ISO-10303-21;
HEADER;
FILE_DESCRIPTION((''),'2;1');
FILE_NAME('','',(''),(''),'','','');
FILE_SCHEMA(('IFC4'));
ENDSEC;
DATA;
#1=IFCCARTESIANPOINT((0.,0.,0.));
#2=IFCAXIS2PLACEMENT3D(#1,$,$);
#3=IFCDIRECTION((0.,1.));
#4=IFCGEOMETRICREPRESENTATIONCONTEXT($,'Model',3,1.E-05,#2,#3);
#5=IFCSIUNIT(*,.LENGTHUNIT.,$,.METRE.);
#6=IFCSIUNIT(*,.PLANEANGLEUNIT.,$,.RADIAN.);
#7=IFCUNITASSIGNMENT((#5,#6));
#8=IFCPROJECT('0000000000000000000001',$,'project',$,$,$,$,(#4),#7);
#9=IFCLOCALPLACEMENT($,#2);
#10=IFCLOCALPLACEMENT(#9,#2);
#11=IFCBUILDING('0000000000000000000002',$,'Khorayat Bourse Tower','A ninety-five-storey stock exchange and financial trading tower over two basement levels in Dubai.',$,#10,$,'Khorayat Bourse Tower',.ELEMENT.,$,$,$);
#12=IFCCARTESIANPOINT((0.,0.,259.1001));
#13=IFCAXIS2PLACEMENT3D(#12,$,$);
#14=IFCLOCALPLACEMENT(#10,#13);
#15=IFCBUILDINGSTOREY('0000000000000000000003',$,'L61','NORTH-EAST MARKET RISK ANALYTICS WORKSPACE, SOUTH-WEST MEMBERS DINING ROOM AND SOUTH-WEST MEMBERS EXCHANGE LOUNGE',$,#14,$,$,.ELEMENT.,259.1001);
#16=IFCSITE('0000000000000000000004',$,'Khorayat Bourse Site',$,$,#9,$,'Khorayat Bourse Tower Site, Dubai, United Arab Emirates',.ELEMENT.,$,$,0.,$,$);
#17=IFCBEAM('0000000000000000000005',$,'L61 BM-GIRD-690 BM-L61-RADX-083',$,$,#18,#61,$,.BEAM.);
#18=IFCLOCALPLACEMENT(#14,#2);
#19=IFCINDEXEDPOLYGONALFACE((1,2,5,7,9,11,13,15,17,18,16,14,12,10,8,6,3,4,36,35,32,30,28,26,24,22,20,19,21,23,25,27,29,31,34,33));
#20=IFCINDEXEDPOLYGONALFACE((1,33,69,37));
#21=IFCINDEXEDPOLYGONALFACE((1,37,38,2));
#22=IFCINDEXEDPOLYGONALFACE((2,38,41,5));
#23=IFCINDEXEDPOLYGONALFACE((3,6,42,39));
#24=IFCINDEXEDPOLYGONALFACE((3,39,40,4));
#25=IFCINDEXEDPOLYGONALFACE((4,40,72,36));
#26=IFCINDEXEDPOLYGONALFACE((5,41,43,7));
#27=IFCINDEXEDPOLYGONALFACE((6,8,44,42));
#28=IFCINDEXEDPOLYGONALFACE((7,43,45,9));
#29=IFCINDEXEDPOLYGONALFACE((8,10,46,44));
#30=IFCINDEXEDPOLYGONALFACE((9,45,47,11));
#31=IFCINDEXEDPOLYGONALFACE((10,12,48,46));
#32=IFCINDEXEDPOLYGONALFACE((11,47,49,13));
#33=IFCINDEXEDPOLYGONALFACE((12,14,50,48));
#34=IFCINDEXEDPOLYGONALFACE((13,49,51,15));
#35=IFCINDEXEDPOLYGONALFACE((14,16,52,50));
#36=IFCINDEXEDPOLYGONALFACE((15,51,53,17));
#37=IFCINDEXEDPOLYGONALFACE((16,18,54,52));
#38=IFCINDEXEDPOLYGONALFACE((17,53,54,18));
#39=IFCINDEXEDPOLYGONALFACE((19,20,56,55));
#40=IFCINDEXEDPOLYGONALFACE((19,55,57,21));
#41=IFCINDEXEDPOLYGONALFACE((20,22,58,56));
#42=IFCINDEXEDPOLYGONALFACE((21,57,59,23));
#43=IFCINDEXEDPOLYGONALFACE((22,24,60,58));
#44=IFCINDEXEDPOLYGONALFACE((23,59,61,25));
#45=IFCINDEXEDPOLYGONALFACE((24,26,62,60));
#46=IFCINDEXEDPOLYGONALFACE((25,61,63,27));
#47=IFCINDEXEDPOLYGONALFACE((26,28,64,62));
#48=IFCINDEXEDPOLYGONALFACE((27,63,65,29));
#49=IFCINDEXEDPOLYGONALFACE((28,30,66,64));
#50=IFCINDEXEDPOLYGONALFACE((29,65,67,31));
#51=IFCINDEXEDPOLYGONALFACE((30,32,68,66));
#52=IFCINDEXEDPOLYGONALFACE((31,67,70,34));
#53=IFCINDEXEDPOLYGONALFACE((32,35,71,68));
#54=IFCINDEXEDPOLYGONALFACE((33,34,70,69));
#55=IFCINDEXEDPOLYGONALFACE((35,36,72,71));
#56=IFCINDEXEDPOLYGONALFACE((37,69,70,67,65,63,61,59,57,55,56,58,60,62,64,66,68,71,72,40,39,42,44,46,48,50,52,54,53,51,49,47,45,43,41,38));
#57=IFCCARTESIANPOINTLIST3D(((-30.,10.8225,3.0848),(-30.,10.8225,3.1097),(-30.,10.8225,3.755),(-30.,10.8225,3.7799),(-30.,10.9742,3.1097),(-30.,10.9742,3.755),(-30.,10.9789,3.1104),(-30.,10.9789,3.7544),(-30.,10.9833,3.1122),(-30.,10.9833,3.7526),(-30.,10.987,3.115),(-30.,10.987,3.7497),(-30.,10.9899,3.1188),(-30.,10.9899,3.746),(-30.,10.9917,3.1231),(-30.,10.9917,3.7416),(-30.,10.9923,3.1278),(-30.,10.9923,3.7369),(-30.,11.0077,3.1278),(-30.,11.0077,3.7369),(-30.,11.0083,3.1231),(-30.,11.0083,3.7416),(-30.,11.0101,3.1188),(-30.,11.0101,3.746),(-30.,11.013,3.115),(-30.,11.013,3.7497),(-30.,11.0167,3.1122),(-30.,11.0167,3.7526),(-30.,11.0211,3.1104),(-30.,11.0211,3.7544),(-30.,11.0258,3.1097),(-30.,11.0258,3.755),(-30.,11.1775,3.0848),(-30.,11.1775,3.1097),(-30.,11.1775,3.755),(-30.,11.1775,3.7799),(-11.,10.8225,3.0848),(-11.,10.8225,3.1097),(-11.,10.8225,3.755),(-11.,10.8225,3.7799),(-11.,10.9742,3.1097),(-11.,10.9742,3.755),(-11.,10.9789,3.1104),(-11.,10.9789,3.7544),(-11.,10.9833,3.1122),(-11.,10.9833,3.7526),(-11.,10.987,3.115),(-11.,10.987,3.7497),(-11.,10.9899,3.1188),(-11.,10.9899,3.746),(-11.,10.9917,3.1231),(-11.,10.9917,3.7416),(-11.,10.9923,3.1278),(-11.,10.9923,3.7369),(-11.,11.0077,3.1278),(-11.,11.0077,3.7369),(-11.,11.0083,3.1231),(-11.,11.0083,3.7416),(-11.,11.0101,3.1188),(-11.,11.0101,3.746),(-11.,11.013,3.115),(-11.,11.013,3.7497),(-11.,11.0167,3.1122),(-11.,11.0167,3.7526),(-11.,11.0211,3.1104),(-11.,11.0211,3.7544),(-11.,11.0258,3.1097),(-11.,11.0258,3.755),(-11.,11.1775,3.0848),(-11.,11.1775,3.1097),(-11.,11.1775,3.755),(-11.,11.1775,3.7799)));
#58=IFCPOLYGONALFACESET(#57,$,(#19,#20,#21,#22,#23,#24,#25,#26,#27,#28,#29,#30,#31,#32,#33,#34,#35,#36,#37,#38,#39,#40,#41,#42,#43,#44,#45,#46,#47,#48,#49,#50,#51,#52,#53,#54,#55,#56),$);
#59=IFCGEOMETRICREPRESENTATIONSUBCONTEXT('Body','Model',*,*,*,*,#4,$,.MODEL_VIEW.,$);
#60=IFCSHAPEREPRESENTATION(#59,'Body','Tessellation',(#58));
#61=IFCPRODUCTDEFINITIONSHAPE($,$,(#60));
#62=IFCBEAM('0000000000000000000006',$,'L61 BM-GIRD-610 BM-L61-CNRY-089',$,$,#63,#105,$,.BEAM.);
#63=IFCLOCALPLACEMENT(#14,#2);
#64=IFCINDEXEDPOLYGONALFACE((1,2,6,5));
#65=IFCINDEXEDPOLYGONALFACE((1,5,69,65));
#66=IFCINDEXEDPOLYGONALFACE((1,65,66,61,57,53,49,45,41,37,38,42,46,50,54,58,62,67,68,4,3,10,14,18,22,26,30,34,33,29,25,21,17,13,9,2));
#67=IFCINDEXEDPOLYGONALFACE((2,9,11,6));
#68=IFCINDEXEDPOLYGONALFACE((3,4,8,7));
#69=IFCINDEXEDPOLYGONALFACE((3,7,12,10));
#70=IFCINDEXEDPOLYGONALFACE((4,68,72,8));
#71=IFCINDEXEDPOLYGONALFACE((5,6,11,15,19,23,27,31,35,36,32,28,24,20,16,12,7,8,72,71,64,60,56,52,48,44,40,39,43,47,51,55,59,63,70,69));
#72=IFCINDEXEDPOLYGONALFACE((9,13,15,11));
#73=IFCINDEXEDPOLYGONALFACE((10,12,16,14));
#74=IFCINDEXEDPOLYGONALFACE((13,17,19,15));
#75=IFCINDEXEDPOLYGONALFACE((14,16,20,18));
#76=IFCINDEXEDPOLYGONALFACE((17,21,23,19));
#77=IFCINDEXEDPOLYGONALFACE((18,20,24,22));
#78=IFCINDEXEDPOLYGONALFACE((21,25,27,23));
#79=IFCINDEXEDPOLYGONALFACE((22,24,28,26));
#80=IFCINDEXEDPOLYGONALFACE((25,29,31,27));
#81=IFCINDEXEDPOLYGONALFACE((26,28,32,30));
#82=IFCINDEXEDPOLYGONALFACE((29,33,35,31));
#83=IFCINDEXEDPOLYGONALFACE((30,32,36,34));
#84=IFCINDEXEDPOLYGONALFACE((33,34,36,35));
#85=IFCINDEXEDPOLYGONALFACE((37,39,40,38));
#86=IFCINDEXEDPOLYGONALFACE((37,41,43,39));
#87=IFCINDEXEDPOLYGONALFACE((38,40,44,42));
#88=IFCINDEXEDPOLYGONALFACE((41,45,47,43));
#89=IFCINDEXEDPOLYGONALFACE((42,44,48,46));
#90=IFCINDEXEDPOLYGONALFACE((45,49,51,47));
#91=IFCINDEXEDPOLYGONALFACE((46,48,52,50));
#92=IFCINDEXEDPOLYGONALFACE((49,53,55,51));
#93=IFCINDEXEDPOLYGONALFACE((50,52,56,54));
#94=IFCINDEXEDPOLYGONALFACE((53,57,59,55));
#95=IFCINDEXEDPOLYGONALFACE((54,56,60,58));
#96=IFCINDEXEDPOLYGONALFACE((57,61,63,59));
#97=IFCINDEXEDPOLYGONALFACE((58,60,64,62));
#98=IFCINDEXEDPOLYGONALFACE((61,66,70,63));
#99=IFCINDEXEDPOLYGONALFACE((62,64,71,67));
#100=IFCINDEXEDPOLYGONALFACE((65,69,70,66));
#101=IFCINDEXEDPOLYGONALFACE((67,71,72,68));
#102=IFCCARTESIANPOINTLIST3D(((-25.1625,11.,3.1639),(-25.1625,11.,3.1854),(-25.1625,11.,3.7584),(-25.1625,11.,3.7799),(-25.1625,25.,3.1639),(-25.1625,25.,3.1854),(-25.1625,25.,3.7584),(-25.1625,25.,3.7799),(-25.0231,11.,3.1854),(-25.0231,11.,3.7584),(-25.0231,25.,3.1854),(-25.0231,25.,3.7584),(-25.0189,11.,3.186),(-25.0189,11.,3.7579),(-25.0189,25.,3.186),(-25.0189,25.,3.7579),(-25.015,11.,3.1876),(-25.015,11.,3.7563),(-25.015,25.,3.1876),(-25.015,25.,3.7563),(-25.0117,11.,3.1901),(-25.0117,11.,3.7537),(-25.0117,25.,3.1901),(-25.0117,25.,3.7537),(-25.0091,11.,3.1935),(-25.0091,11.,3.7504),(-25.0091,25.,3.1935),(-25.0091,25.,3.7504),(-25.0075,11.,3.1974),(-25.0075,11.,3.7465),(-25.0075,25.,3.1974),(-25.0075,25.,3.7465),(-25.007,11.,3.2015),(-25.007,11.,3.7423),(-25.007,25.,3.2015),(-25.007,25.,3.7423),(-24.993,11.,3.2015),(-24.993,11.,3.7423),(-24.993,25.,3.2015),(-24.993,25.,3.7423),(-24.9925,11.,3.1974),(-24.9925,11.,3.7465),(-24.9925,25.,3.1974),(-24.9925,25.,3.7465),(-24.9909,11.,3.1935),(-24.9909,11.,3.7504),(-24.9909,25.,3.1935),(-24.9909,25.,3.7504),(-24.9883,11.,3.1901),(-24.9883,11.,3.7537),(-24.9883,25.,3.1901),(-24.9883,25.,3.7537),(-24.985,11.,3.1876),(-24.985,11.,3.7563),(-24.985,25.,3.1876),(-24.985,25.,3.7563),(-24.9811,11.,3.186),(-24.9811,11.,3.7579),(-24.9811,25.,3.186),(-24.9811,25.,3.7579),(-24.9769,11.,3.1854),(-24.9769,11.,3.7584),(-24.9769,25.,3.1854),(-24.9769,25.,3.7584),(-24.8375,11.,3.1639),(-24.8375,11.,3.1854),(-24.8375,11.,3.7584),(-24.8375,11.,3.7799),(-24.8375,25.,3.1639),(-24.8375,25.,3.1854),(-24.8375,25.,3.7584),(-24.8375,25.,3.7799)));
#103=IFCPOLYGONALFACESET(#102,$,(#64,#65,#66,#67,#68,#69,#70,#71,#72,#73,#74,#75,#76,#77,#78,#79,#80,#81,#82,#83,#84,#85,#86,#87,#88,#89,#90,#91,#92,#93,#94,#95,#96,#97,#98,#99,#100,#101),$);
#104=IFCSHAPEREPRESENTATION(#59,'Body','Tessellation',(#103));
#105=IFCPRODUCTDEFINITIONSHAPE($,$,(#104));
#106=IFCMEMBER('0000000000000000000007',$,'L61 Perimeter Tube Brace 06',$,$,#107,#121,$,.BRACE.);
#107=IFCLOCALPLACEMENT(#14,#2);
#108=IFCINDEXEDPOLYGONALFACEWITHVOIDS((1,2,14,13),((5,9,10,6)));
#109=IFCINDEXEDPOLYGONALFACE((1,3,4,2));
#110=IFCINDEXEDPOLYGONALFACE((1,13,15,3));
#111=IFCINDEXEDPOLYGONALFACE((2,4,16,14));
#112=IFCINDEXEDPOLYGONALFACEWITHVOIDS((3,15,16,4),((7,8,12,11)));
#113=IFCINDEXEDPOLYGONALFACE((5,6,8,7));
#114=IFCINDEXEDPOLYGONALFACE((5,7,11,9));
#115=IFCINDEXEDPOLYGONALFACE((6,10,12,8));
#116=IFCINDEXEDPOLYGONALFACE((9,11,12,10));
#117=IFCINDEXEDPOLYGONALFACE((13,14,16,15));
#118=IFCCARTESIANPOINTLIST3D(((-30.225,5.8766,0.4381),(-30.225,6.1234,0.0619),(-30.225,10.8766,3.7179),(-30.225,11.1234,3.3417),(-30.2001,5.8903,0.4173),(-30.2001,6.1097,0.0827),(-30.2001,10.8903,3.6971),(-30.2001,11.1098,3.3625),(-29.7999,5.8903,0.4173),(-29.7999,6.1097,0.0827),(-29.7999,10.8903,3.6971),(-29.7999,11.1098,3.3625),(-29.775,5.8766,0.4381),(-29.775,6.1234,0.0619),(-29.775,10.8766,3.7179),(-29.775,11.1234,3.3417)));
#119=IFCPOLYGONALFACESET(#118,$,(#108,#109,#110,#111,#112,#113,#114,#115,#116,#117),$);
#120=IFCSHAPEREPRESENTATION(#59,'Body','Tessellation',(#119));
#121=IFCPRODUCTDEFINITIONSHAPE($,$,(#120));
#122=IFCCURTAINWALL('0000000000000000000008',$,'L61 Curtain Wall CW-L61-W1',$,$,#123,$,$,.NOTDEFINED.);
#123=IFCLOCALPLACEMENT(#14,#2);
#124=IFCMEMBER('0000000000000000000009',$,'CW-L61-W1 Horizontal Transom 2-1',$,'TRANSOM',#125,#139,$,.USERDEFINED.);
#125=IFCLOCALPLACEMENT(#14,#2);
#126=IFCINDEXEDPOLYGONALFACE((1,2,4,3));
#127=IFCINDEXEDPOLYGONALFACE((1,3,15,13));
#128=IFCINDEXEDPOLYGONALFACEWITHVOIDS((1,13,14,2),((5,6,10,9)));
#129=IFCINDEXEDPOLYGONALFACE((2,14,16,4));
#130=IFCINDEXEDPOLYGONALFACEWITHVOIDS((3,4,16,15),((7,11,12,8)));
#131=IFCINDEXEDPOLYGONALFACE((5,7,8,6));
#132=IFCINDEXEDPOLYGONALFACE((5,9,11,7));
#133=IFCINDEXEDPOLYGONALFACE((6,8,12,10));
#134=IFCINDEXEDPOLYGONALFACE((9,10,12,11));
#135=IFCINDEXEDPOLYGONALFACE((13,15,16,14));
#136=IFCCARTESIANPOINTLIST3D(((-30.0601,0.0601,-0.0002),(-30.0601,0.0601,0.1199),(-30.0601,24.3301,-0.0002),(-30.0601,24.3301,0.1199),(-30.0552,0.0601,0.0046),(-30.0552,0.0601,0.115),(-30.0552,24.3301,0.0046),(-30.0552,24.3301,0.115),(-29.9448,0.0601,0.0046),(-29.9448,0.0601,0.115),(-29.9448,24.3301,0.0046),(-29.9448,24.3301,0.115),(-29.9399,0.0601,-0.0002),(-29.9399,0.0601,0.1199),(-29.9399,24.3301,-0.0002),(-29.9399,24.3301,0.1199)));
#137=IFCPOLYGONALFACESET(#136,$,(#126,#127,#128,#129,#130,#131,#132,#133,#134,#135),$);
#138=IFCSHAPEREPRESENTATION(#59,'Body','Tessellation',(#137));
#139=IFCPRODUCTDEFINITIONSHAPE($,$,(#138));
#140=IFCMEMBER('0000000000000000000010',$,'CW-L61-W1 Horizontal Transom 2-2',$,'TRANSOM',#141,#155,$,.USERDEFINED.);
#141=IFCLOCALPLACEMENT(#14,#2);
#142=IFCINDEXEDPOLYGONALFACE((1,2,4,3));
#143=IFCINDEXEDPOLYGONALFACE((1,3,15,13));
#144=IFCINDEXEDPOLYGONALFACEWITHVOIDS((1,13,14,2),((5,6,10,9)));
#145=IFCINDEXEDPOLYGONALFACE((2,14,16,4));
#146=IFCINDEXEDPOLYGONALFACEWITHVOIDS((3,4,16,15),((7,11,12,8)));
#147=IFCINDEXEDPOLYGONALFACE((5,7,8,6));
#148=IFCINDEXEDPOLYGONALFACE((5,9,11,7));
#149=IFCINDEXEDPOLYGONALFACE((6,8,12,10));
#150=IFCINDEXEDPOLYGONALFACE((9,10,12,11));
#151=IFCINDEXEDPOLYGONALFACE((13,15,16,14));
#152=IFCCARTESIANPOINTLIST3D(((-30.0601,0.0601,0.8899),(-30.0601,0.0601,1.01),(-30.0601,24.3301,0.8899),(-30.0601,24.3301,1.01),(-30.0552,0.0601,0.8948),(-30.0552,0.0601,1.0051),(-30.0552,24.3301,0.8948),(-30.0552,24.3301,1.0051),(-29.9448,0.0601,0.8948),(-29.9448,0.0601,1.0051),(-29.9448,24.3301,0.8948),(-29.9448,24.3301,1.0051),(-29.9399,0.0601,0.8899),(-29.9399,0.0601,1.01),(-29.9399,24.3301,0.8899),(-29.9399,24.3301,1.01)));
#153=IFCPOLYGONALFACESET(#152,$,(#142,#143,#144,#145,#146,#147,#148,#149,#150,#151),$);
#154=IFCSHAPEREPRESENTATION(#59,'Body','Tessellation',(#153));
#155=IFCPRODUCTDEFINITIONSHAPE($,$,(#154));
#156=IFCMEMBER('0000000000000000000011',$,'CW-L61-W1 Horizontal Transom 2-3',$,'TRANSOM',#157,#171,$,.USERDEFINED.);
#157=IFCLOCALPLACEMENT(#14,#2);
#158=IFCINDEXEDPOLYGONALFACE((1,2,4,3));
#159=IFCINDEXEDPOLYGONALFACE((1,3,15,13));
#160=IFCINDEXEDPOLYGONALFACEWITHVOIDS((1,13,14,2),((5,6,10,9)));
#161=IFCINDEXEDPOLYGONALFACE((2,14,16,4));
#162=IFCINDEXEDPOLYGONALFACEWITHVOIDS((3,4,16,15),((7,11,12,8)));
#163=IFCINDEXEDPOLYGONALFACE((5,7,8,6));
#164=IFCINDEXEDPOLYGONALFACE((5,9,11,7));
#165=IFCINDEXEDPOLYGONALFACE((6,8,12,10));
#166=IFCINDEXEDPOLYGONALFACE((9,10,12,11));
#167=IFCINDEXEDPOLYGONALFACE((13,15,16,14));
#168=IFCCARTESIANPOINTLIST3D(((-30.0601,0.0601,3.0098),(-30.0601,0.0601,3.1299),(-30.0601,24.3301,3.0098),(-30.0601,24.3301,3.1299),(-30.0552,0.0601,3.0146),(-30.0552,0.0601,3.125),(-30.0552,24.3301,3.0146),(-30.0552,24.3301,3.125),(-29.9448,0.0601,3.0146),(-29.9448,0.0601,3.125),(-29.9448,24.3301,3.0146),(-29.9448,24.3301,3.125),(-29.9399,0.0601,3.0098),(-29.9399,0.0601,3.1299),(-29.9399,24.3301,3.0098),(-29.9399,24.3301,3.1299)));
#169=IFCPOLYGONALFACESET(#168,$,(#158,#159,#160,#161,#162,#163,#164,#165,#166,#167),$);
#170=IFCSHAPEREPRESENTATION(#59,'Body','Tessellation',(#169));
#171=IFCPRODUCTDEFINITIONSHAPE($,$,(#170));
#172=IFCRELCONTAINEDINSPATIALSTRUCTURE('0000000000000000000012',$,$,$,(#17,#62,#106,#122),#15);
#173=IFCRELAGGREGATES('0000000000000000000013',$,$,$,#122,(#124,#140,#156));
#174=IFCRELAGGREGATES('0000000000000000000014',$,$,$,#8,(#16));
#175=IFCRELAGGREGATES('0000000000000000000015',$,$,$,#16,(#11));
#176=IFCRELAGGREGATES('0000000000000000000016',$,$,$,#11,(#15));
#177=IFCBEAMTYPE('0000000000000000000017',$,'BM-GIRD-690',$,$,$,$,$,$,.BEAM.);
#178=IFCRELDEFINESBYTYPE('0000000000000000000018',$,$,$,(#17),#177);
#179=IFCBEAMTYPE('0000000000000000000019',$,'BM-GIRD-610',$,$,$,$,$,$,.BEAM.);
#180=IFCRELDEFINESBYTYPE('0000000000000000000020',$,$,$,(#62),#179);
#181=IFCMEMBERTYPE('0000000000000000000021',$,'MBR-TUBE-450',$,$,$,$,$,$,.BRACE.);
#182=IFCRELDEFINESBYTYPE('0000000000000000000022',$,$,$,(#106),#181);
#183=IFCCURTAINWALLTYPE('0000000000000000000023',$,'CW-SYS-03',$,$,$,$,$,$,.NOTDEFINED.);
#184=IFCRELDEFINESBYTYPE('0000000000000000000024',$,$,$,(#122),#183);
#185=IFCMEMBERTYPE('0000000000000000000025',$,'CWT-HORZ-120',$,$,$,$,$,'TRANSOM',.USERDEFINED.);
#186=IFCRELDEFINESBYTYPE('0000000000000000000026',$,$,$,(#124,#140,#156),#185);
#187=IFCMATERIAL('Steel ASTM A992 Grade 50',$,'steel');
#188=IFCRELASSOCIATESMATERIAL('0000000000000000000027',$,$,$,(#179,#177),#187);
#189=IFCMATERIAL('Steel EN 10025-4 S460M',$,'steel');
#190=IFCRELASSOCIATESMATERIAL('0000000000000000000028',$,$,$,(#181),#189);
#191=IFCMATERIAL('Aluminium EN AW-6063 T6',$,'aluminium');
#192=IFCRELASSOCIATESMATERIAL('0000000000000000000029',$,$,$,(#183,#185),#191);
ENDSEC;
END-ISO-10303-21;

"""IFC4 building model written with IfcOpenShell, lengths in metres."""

from ifc_helpers import new_model, si_unit, direction, frame, origin, origin_2d, place, context, subcontext, project, spatial, hollow_rectangle, i_section, extrude, source, transform, mapped, material, material_profile, profile_set, type_object, element, aggregate, save


model = new_model("IFC4")

# Units and contexts
model_context = context("Model", 3, precision=1e-05, world=origin(), true_north=direction((0.0, 1.0)))
body_context = subcontext(model_context, "Body", "Model", "MODEL_VIEW")
ifc_project = project(units=[si_unit("LENGTHUNIT", "METRE"), si_unit("PLANEANGLEUNIT", "RADIAN")], contexts=[model_context])

# Site, building, storey
site_placement = place(None, origin())
site = spatial("IfcSite", under=ifc_project, at=site_placement, Name="Khorayat Bourse Site", LongName="Khorayat Bourse Tower Site, Dubai, United Arab Emirates", CompositionType="ELEMENT", RefElevation=0.0)
building_placement = place(site_placement, origin())
building = spatial("IfcBuilding", under=site, at=building_placement, Name="Khorayat Bourse Tower", Description="A ninety-five-storey stock exchange and financial trading tower over two basement levels in Dubai.", LongName="Khorayat Bourse Tower", CompositionType="ELEMENT")
storey_placement = place(building_placement, frame((0.0, 0.0, 259.1001)))
storey = spatial("IfcBuildingStorey", under=building, at=storey_placement, Name="L61", Description="NORTH-EAST MARKET RISK ANALYTICS WORKSPACE, SOUTH-WEST MEMBERS DINING ROOM AND SOUTH-WEST MEMBERS EXCHANGE LOUNGE", CompositionType="ELEMENT", Elevation=259.1001)

# Shared definitions
ifc_material_1 = material(Name="Steel EN 10025-4 S460M", Category="steel")

# Beams
ifc_material_2 = material(Name="Steel ASTM A992 Grade 50", Category="steel")
ifc_material_profile_1 = material_profile(ifc_material_2, i_section(OverallWidth=0.325, OverallDepth=0.616, WebThickness=0.0139, FlangeThickness=0.0215, FilletRadius=0.0161, at=origin_2d()), Name="W610X174")
ifc_profile_set_1 = profile_set([ifc_material_profile_1], Name="Steel ASTM A992 Grade 50")
beam_type_1 = type_object("IfcBeamType", Name="BM-GIRD-610", PredefinedType="BEAM", material=ifc_profile_set_1)
ifc_material_profile_2 = material_profile(ifc_material_2, i_section(OverallWidth=0.355, OverallDepth=0.6951, WebThickness=0.0154, FlangeThickness=0.0249, FilletRadius=0.0181, at=origin_2d()), Name="W690X217")
ifc_profile_set_2 = profile_set([ifc_material_profile_2], Name="Steel ASTM A992 Grade 50")
beam_type_2 = type_object("IfcBeamType", Name="BM-GIRD-690", PredefinedType="BEAM", material=ifc_profile_set_2)
shared_shape_1 = source(origin(), body_context, "Body", "SweptSolid", [
    extrude(i_section(OverallWidth=0.355, OverallDepth=0.6951, WebThickness=0.0154, FlangeThickness=0.0249, FilletRadius=0.0181, at=origin_2d()), origin(), (0.0, 0.0, 1.0), 19.0),
])
for number, where, z_axis, x_axis, name in (
    (1, (-30.0, 11.0, 3.4324), (1.0, 0.0, 0.0), (0.0, 1.0, 0.0), "L61 BM-GIRD-690 BM-L61-RADX-083"),
):
    element("IfcBeam", number, at=place(storey_placement, frame(where, z_axis=z_axis, x_axis=x_axis)), inside=storey, type_object=beam_type_2, Name=name, PredefinedType="BEAM", context=body_context, shape_type="MappedRepresentation", body=[
        mapped(shared_shape_1, transform((0.0, 0.0, 0.0), scale=1.0)),
    ])
shared_shape_2 = source(origin(), body_context, "Body", "SweptSolid", [
    extrude(i_section(OverallWidth=0.325, OverallDepth=0.616, WebThickness=0.0139, FlangeThickness=0.0215, FilletRadius=0.0161, at=origin_2d()), origin(), (0.0, 0.0, 1.0), 14.0),
])
beam_1_placement = place(storey_placement, frame((-25.0, 11.0, 3.4719), z_axis=(0.0, 1.0, 0.0), x_axis=(-1.0, 0.0, 0.0)))
element("IfcBeam", 2, at=beam_1_placement, inside=storey, type_object=beam_type_1, Name="L61 BM-GIRD-610 BM-L61-CNRY-089", PredefinedType="BEAM", context=body_context, shape_type="MappedRepresentation", body=[
    mapped(shared_shape_2, transform((0.0, 0.0, 0.0), scale=1.0)),
])

# Member
ifc_material_profile_3 = material_profile(ifc_material_1, hollow_rectangle(XDim=0.45, YDim=0.45, WallThickness=0.0249, at=origin_2d()), Name="HSS 450x450x25")
ifc_profile_set_3 = profile_set([ifc_material_profile_3], Name="Steel EN 10025-4 S460M")
member_type_1 = type_object("IfcMemberType", Name="MBR-TUBE-450", PredefinedType="BRACE", material=ifc_profile_set_3)
shared_shape_3 = source(origin(), body_context, "Body", "SweptSolid", [
    extrude(hollow_rectangle(XDim=0.45, YDim=0.45, WallThickness=0.0249, at=origin_2d()), origin(), (0.0, 0.0, 1.0), 5.9797),
])
member_1_placement = place(storey_placement, frame((-30.0, 6.0, 0.25), z_axis=(0.0, 0.83616, 0.548485), x_axis=(-1.0, 0.0, 0.0)))
element("IfcMember", 3, at=member_1_placement, inside=storey, type_object=member_type_1, Name="L61 Perimeter Tube Brace 06", PredefinedType="BRACE", context=body_context, shape_type="MappedRepresentation", body=[
    mapped(shared_shape_3, transform((0.0, 0.0, 0.0), scale=1.0)),
])

# Curtain wall, members
ifc_material_3 = material(Name="Aluminium EN AW-6063 T6", Category="aluminium")
curtain_wall_type = type_object("IfcCurtainWallType", Name="CW-SYS-03", PredefinedType="NOTDEFINED", material=ifc_material_3)
curtain_wall_placement = place(storey_placement, origin())
curtain_wall = element("IfcCurtainWall", 4, at=curtain_wall_placement, inside=storey, type_object=curtain_wall_type, Name="L61 Curtain Wall CW-L61-W1", PredefinedType="NOTDEFINED")
ifc_material_profile_4 = material_profile(ifc_material_3, hollow_rectangle(XDim=0.1201, YDim=0.1201, WallThickness=0.0049, at=origin_2d()), Name="ALU 120x120x5")
ifc_profile_set_4 = profile_set([ifc_material_profile_4], Name="Aluminium EN AW-6063 T6")
member_type_2 = type_object("IfcMemberType", Name="CWT-HORZ-120", ElementType="TRANSOM", PredefinedType="USERDEFINED", material=ifc_profile_set_4)
shared_shape_4 = source(origin(), body_context, "Body", "SweptSolid", [
    extrude(hollow_rectangle(XDim=0.1201, YDim=0.1201, WallThickness=0.0049, at=origin_2d()), origin(), (0.0, 0.0, 1.0), 24.27),
])
member_2_placement = place(storey_placement, frame((-30.0, 0.0601, 0.0598), z_axis=(0.0, 1.0, 0.0), x_axis=(-1.0, 0.0, 0.0)))
member_2 = element("IfcMember", 5, at=member_2_placement, type_object=member_type_2, Name="CW-L61-W1 Horizontal Transom 2-1", ObjectType="TRANSOM", PredefinedType="USERDEFINED", context=body_context, shape_type="MappedRepresentation", body=[
    mapped(shared_shape_4, transform((0.0, 0.0, 0.0), scale=1.0)),
])
member_3_placement = place(storey_placement, frame((-30.0, 0.0601, 0.95), z_axis=(0.0, 1.0, 0.0), x_axis=(-1.0, 0.0, 0.0)))
member_3 = element("IfcMember", 6, at=member_3_placement, type_object=member_type_2, Name="CW-L61-W1 Horizontal Transom 2-2", ObjectType="TRANSOM", PredefinedType="USERDEFINED", context=body_context, shape_type="MappedRepresentation", body=[
    mapped(shared_shape_4, transform((0.0, 0.0, 0.0), scale=1.0)),
])
member_4_placement = place(storey_placement, frame((-30.0, 0.0601, 3.0698), z_axis=(0.0, 1.0, 0.0), x_axis=(-1.0, 0.0, 0.0)))
member_4 = element("IfcMember", 7, at=member_4_placement, type_object=member_type_2, Name="CW-L61-W1 Horizontal Transom 2-3", ObjectType="TRANSOM", PredefinedType="USERDEFINED", context=body_context, shape_type="MappedRepresentation", body=[
    mapped(shared_shape_4, transform((0.0, 0.0, 0.0), scale=1.0)),
])
aggregate(curtain_wall, [member_2, member_3, member_4])

save(model, "model.ifc")
